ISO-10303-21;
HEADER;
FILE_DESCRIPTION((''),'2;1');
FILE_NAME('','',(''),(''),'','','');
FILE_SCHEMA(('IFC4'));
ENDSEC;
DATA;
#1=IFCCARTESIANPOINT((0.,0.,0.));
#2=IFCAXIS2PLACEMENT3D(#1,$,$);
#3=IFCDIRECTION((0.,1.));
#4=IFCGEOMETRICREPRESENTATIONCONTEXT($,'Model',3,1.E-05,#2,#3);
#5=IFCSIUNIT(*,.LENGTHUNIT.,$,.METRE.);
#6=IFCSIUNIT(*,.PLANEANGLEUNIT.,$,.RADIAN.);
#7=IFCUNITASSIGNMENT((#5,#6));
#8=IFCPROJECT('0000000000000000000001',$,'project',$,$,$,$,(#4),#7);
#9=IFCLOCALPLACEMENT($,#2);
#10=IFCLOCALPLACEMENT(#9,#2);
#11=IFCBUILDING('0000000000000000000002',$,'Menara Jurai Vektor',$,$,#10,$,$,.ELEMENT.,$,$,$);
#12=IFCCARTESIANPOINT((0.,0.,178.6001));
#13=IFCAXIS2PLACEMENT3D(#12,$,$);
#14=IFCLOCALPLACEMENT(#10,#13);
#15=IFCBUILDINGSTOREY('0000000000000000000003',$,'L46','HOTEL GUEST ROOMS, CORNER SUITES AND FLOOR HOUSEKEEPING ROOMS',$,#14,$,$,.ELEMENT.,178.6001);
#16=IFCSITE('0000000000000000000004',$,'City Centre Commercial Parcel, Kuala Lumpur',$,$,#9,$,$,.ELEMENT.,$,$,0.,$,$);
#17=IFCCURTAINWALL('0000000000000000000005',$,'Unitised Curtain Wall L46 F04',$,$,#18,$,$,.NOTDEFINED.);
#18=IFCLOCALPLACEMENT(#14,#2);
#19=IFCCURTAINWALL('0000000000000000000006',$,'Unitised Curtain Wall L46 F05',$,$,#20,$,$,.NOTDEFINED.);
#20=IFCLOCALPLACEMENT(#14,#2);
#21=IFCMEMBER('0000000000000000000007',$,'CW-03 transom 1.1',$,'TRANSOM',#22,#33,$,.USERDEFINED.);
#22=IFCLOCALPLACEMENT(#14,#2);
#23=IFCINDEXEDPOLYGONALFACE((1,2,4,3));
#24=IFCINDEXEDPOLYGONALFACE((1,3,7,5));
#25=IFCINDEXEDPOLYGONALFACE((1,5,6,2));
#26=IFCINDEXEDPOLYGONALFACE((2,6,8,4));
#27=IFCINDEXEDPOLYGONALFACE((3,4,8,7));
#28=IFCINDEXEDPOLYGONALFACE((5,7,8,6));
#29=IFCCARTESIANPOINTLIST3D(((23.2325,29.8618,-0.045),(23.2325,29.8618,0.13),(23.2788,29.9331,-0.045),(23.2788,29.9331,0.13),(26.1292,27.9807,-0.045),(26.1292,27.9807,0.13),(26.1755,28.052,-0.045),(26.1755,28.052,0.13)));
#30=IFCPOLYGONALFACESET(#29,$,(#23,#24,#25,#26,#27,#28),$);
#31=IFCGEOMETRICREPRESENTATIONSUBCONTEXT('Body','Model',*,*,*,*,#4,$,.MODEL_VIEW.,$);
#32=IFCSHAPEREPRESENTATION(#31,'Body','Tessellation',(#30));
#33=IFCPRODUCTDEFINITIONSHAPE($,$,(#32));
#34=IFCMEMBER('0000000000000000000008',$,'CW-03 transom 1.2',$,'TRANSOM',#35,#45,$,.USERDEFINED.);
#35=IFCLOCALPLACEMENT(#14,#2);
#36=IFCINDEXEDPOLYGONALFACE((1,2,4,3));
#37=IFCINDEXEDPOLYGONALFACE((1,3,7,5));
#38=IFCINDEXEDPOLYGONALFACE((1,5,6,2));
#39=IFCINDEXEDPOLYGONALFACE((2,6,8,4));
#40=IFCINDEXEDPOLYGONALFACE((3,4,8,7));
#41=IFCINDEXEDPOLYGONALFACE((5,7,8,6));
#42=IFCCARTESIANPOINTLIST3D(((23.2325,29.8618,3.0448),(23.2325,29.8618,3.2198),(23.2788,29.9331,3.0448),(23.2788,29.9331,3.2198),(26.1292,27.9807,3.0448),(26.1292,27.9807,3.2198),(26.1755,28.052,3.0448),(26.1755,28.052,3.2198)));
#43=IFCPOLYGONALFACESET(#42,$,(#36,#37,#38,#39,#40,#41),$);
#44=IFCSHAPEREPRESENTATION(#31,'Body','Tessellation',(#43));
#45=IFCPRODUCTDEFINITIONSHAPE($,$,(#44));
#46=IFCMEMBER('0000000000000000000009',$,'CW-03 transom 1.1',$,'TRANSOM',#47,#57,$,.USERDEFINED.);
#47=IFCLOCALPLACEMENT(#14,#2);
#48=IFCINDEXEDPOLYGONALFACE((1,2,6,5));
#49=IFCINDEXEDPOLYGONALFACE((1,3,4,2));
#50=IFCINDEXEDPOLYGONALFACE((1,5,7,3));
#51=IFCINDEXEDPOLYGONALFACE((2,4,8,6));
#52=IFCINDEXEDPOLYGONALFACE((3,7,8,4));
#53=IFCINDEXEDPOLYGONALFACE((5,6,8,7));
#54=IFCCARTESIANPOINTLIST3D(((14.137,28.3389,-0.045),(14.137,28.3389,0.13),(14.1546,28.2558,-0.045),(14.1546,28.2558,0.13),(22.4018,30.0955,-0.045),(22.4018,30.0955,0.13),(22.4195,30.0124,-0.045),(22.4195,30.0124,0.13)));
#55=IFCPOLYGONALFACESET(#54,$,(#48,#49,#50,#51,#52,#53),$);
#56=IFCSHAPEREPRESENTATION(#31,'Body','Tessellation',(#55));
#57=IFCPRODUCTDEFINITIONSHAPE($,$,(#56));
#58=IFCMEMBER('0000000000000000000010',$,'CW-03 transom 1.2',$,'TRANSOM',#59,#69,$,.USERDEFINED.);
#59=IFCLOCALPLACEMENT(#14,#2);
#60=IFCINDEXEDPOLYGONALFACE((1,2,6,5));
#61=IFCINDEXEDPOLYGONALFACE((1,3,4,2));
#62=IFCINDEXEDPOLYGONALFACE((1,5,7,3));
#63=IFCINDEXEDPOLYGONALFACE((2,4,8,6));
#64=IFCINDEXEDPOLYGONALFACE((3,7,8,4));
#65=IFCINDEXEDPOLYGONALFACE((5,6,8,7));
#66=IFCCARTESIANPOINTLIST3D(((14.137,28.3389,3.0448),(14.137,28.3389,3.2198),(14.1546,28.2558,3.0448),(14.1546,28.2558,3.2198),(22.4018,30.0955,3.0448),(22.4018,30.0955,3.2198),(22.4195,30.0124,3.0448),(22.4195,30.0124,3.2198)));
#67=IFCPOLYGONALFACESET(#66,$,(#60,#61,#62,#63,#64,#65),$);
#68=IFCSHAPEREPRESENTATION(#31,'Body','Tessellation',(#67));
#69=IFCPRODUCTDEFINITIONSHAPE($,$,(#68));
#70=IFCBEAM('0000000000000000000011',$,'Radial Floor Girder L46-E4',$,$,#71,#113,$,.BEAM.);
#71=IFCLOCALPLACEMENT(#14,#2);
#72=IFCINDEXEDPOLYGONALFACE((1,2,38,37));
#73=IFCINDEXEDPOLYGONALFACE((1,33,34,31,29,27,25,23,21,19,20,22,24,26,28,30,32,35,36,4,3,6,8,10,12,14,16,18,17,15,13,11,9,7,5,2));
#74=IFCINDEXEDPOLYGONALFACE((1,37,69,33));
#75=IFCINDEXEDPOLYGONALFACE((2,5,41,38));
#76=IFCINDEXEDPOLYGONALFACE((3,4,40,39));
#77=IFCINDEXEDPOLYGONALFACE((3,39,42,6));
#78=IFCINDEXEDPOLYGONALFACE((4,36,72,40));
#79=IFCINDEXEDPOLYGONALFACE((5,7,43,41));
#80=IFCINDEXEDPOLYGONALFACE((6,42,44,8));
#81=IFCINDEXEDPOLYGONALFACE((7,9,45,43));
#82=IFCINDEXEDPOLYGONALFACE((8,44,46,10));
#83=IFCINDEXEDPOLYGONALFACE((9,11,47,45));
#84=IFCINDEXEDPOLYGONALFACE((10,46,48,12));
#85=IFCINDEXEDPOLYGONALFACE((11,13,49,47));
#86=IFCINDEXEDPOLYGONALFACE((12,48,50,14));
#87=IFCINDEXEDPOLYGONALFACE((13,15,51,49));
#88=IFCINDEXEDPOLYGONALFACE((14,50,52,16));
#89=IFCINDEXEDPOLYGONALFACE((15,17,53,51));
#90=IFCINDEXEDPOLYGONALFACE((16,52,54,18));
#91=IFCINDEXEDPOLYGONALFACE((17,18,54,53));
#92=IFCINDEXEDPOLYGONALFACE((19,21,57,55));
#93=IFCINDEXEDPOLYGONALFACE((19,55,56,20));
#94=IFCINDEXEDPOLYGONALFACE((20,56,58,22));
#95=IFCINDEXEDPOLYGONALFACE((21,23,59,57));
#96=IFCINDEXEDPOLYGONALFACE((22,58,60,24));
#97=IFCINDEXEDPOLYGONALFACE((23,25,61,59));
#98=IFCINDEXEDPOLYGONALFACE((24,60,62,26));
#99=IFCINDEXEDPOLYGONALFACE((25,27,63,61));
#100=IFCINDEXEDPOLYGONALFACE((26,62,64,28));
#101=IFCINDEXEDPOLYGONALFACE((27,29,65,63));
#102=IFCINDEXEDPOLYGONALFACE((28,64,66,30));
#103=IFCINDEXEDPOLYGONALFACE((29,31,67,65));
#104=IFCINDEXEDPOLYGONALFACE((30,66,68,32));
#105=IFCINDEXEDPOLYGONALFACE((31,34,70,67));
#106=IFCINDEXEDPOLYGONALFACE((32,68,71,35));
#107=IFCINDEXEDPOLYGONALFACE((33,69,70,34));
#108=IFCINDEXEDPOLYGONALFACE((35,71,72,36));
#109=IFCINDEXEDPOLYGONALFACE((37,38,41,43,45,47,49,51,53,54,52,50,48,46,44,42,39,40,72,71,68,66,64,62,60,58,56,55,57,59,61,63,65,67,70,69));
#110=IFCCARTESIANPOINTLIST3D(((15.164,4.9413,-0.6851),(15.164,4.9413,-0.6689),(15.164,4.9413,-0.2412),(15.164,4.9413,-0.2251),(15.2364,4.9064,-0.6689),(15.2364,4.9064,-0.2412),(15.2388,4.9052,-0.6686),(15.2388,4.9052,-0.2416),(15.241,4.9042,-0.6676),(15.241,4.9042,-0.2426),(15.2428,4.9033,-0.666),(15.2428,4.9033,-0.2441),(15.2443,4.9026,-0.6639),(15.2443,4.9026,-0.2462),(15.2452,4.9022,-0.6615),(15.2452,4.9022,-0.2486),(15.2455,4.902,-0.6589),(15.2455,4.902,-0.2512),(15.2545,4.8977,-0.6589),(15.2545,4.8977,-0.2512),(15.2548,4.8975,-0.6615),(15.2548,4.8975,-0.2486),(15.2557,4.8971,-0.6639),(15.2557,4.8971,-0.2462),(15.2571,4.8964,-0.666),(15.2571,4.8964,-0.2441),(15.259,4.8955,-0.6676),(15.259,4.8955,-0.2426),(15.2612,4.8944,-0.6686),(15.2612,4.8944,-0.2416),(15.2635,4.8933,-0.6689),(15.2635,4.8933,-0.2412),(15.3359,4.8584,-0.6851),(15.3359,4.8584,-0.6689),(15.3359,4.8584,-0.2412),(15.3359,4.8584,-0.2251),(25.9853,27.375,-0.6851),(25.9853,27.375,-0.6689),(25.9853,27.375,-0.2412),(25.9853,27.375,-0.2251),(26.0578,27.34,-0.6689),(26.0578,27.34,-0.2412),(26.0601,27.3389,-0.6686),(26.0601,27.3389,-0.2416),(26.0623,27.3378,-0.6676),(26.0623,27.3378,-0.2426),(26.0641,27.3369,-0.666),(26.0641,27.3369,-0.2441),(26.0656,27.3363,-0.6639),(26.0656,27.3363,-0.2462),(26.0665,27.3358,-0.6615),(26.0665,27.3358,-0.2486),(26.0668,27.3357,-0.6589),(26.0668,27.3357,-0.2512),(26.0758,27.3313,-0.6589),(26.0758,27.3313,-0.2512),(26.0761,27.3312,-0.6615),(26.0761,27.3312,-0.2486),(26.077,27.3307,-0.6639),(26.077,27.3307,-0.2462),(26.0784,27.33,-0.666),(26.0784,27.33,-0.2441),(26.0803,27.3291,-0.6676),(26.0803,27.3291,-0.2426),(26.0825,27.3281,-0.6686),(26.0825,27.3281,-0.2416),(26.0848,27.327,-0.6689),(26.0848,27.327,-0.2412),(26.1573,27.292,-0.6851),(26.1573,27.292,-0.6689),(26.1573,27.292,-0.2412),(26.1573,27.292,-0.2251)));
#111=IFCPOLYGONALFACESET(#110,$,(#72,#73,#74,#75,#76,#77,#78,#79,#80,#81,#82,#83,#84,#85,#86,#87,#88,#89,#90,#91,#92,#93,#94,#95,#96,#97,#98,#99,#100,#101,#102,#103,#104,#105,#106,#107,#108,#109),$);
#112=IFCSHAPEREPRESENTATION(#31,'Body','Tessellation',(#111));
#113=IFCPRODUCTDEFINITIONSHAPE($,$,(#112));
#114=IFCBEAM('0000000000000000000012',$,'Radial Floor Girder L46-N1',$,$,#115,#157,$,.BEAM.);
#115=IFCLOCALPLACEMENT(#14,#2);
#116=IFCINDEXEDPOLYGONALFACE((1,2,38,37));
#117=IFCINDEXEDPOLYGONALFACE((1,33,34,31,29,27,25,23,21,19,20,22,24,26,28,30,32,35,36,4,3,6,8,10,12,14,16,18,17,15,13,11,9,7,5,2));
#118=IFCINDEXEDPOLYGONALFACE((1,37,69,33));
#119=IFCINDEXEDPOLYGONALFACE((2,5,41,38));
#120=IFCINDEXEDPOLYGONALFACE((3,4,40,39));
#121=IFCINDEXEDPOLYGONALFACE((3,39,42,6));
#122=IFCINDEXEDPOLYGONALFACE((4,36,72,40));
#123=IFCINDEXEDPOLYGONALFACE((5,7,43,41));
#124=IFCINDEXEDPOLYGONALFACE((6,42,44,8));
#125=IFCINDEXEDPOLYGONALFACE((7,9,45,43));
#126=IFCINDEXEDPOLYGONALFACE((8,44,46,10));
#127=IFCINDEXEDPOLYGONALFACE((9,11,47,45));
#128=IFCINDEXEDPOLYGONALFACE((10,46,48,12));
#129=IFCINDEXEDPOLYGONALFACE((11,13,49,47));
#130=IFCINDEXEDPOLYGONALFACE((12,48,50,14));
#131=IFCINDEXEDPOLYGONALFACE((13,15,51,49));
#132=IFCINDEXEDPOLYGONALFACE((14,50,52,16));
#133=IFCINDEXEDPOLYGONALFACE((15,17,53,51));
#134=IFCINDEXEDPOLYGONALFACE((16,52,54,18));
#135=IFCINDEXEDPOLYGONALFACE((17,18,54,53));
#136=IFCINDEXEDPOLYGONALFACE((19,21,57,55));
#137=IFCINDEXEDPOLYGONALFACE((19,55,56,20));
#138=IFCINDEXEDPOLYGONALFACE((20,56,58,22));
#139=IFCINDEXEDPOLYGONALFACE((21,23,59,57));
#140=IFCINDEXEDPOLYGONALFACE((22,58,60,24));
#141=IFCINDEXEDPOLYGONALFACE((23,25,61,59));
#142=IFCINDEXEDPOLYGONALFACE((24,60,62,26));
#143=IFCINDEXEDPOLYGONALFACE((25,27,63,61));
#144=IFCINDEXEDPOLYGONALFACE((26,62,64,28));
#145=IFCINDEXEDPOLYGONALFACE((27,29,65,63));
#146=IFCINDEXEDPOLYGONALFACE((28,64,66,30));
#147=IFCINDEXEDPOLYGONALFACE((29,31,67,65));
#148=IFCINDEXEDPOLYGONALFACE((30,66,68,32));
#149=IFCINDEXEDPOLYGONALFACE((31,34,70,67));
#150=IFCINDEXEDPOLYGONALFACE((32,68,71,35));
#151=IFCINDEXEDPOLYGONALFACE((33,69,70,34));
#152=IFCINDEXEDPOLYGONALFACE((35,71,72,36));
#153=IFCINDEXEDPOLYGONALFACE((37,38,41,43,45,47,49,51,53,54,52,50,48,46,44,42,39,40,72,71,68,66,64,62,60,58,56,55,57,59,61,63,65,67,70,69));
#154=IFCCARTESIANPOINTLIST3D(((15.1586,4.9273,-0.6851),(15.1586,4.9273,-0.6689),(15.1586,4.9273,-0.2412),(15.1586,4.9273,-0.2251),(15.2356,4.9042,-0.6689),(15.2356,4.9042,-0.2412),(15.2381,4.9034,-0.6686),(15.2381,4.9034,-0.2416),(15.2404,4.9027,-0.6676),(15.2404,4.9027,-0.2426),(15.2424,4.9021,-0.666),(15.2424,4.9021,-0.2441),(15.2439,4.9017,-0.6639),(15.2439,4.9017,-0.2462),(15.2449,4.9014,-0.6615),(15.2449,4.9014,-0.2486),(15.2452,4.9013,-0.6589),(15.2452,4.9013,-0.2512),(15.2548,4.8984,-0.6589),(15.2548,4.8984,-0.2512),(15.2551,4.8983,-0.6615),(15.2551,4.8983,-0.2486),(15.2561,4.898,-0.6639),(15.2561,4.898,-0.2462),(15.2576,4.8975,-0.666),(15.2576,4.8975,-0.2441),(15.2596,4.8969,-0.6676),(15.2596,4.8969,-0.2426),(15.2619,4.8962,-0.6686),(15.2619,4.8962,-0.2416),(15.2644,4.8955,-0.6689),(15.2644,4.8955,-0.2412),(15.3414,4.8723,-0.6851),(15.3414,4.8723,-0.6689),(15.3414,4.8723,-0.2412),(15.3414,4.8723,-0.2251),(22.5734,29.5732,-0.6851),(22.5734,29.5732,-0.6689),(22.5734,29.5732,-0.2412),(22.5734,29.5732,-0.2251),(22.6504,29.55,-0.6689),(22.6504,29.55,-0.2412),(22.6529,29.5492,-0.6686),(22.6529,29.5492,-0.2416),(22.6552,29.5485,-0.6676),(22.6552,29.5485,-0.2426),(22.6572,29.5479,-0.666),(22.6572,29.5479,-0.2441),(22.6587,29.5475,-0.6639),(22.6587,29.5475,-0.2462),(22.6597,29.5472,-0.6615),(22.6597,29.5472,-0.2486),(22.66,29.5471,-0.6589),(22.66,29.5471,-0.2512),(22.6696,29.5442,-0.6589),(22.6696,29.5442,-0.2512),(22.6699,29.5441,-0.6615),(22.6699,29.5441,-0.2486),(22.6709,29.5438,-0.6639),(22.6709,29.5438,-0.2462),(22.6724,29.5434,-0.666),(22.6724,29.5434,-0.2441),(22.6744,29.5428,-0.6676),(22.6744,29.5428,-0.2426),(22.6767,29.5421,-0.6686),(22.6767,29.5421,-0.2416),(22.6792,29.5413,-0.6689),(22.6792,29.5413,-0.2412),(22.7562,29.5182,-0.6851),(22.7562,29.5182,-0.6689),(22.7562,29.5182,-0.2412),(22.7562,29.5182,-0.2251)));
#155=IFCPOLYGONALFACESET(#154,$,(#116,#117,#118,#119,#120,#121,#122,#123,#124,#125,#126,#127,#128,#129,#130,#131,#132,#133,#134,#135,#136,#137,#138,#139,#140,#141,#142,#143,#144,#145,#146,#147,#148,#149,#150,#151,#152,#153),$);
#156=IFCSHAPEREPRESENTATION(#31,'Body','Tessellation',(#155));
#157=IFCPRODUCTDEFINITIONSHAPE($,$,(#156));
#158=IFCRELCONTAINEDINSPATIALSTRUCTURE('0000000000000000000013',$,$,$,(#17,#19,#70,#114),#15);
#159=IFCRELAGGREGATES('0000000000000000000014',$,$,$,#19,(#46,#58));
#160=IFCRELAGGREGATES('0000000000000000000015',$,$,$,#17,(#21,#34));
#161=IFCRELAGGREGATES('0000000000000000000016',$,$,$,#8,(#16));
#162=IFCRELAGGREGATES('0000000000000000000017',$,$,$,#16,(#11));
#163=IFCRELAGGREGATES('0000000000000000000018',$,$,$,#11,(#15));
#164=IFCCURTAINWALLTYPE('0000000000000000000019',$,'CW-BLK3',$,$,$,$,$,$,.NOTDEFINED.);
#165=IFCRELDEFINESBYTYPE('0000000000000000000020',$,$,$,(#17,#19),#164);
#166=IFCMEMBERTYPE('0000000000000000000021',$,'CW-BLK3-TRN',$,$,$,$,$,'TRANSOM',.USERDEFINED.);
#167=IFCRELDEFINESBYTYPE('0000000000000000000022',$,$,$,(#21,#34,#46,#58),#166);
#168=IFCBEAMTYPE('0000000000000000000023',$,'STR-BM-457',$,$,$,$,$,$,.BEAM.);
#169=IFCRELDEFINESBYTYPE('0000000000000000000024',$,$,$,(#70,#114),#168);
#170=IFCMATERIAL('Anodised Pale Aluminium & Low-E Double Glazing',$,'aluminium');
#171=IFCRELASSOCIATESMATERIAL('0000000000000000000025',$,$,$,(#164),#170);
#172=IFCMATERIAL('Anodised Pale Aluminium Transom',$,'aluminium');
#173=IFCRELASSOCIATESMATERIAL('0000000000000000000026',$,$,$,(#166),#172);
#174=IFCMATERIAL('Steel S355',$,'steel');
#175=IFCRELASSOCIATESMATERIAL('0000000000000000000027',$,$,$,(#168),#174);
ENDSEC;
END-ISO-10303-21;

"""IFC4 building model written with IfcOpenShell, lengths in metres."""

from ifc_helpers import new_model, si_unit, direction, frame, origin, origin_2d, place, context, subcontext, project, spatial, rectangle, i_section, extrude, material, material_profile, profile_set, type_object, element, aggregate, save


model = new_model("IFC4")

# Units and contexts
model_context = context("Model", 3, precision=1e-05, world=origin(), true_north=direction((0.0, 1.0)))
body_context = subcontext(model_context, "Body", "Model", "MODEL_VIEW")
ifc_project = project(units=[si_unit("LENGTHUNIT", "METRE"), si_unit("PLANEANGLEUNIT", "RADIAN")], contexts=[model_context])

# Site, building, storey
site_placement = place(None, origin())
site = spatial("IfcSite", under=ifc_project, at=site_placement, Name="City Centre Commercial Parcel, Kuala Lumpur", CompositionType="ELEMENT", RefElevation=0.0)
building_placement = place(site_placement, origin())
building = spatial("IfcBuilding", under=site, at=building_placement, Name="Menara Jurai Vektor", CompositionType="ELEMENT")
storey_placement = place(building_placement, frame((0.0, 0.0, 178.6001)))
storey = spatial("IfcBuildingStorey", under=building, at=storey_placement, Name="L46", Description="HOTEL GUEST ROOMS, CORNER SUITES AND FLOOR HOUSEKEEPING ROOMS", CompositionType="ELEMENT", Elevation=178.6001)

# Curtain wall
ifc_material_1 = material(Name="Anodised Pale Aluminium & Low-E Double Glazing", Category="aluminium")
curtain_wall_type = type_object("IfcCurtainWallType", Name="CW-BLK3", PredefinedType="NOTDEFINED", material=ifc_material_1)
curtain_wall_1_placement = place(storey_placement, origin())
curtain_wall_1 = element("IfcCurtainWall", 1, at=curtain_wall_1_placement, inside=storey, type_object=curtain_wall_type, Name="Unitised Curtain Wall L46 F04", PredefinedType="NOTDEFINED")

# Curtain wall
curtain_wall_2_placement = place(storey_placement, origin())
curtain_wall_2 = element("IfcCurtainWall", 2, at=curtain_wall_2_placement, inside=storey, type_object=curtain_wall_type, Name="Unitised Curtain Wall L46 F05", PredefinedType="NOTDEFINED")

# Members
ifc_material_2 = material(Name="Anodised Pale Aluminium Transom", Category="aluminium")
ifc_material_profile_1 = material_profile(ifc_material_2, rectangle(XDim=0.085, YDim=0.175, at=origin_2d()), Name="ALU TRN 85x175")
ifc_profile_set_1 = profile_set([ifc_material_profile_1], Name="Anodised Pale Aluminium Transom")
member_type_1 = type_object("IfcMemberType", Name="CW-BLK3-TRN", ElementType="TRANSOM", PredefinedType="USERDEFINED", material=ifc_profile_set_1)
member_1_placement = place(storey_placement, frame((26.1523, 28.0164, 0.0425), z_axis=(-0.838678, 0.544628, 0.0), x_axis=(-0.544628, -0.838678, 0.0)))
member_1 = element("IfcMember", 3, at=member_1_placement, type_object=member_type_1, Name="CW-03 transom 1.1", ObjectType="TRANSOM", PredefinedType="USERDEFINED", context=body_context, shape_type="SweptSolid", body=[
    extrude(rectangle(XDim=0.085, YDim=0.175, at=origin_2d()), origin(), (0.0, 0.0, 1.0), 3.4539),
])
member_2_placement = place(storey_placement, frame((26.1523, 28.0164, 3.1323), z_axis=(-0.838678, 0.544628, 0.0), x_axis=(-0.544628, -0.838678, 0.0)))
member_2 = element("IfcMember", 4, at=member_2_placement, type_object=member_type_1, Name="CW-03 transom 1.2", ObjectType="TRANSOM", PredefinedType="USERDEFINED", context=body_context, shape_type="SweptSolid", body=[
    extrude(rectangle(XDim=0.085, YDim=0.175, at=origin_2d()), origin(), (0.0, 0.0, 1.0), 3.4539),
])
member_3_placement = place(storey_placement, frame((22.4106, 30.054, 0.0425), z_axis=(-0.978152, -0.207893, 0.0), x_axis=(0.207893, -0.978152, 0.0)))
member_3 = element("IfcMember", 5, at=member_3_placement, type_object=member_type_1, Name="CW-03 transom 1.1", ObjectType="TRANSOM", PredefinedType="USERDEFINED", context=body_context, shape_type="SweptSolid", body=[
    extrude(rectangle(XDim=0.085, YDim=0.175, at=origin_2d()), origin(), (0.0, 0.0, 1.0), 8.4495),
])
member_4_placement = place(storey_placement, frame((22.4106, 30.054, 3.1323), z_axis=(-0.978152, -0.207893, 0.0), x_axis=(0.207893, -0.978152, 0.0)))
member_4 = element("IfcMember", 6, at=member_4_placement, type_object=member_type_1, Name="CW-03 transom 1.2", ObjectType="TRANSOM", PredefinedType="USERDEFINED", context=body_context, shape_type="SweptSolid", body=[
    extrude(rectangle(XDim=0.085, YDim=0.175, at=origin_2d()), origin(), (0.0, 0.0, 1.0), 8.4495),
])

# Beams
ifc_material_3 = material(Name="Steel S355", Category="steel")
ifc_material_profile_2 = material_profile(ifc_material_3, i_section(OverallWidth=0.1909, OverallDepth=0.46, WebThickness=0.01, FlangeThickness=0.0161, FilletRadius=0.01, at=origin_2d()), Name="UKB 457x191x82")
ifc_profile_set_2 = profile_set([ifc_material_profile_2], Name="Steel S355")
beam_type_1 = type_object("IfcBeamType", Name="STR-BM-457", PredefinedType="BEAM", material=ifc_profile_set_2)
beam_1_placement = place(storey_placement, frame((26.0713, 27.3335, -0.4551), z_axis=(-0.434465, -0.900689, 0.0), x_axis=(0.900689, -0.434465, 0.0)))
element("IfcBeam", 7, at=beam_1_placement, inside=storey, type_object=beam_type_1, Name="Radial Floor Girder L46-E4", PredefinedType="BEAM", context=body_context, shape_type="SweptSolid", body=[
    extrude(i_section(OverallWidth=0.1909, OverallDepth=0.46, WebThickness=0.01, FlangeThickness=0.0161, FilletRadius=0.01, at=origin_2d()), origin(), (0.0, 0.0, 1.0), 24.9072),
])
beam_2_placement = place(storey_placement, frame((22.6648, 29.5457, -0.4551), z_axis=(-0.288099, -0.957601, 0.0), x_axis=(0.957601, -0.288099, 0.0)))
element("IfcBeam", 8, at=beam_2_placement, inside=storey, type_object=beam_type_1, Name="Radial Floor Girder L46-N1", PredefinedType="BEAM", context=body_context, shape_type="SweptSolid", body=[
    extrude(i_section(OverallWidth=0.1909, OverallDepth=0.46, WebThickness=0.01, FlangeThickness=0.0161, FilletRadius=0.01, at=origin_2d()), origin(), (0.0, 0.0, 1.0), 25.7371),
])

aggregate(curtain_wall_2, [member_3, member_4])
aggregate(curtain_wall_1, [member_1, member_2])

save(model, "model.ifc")
